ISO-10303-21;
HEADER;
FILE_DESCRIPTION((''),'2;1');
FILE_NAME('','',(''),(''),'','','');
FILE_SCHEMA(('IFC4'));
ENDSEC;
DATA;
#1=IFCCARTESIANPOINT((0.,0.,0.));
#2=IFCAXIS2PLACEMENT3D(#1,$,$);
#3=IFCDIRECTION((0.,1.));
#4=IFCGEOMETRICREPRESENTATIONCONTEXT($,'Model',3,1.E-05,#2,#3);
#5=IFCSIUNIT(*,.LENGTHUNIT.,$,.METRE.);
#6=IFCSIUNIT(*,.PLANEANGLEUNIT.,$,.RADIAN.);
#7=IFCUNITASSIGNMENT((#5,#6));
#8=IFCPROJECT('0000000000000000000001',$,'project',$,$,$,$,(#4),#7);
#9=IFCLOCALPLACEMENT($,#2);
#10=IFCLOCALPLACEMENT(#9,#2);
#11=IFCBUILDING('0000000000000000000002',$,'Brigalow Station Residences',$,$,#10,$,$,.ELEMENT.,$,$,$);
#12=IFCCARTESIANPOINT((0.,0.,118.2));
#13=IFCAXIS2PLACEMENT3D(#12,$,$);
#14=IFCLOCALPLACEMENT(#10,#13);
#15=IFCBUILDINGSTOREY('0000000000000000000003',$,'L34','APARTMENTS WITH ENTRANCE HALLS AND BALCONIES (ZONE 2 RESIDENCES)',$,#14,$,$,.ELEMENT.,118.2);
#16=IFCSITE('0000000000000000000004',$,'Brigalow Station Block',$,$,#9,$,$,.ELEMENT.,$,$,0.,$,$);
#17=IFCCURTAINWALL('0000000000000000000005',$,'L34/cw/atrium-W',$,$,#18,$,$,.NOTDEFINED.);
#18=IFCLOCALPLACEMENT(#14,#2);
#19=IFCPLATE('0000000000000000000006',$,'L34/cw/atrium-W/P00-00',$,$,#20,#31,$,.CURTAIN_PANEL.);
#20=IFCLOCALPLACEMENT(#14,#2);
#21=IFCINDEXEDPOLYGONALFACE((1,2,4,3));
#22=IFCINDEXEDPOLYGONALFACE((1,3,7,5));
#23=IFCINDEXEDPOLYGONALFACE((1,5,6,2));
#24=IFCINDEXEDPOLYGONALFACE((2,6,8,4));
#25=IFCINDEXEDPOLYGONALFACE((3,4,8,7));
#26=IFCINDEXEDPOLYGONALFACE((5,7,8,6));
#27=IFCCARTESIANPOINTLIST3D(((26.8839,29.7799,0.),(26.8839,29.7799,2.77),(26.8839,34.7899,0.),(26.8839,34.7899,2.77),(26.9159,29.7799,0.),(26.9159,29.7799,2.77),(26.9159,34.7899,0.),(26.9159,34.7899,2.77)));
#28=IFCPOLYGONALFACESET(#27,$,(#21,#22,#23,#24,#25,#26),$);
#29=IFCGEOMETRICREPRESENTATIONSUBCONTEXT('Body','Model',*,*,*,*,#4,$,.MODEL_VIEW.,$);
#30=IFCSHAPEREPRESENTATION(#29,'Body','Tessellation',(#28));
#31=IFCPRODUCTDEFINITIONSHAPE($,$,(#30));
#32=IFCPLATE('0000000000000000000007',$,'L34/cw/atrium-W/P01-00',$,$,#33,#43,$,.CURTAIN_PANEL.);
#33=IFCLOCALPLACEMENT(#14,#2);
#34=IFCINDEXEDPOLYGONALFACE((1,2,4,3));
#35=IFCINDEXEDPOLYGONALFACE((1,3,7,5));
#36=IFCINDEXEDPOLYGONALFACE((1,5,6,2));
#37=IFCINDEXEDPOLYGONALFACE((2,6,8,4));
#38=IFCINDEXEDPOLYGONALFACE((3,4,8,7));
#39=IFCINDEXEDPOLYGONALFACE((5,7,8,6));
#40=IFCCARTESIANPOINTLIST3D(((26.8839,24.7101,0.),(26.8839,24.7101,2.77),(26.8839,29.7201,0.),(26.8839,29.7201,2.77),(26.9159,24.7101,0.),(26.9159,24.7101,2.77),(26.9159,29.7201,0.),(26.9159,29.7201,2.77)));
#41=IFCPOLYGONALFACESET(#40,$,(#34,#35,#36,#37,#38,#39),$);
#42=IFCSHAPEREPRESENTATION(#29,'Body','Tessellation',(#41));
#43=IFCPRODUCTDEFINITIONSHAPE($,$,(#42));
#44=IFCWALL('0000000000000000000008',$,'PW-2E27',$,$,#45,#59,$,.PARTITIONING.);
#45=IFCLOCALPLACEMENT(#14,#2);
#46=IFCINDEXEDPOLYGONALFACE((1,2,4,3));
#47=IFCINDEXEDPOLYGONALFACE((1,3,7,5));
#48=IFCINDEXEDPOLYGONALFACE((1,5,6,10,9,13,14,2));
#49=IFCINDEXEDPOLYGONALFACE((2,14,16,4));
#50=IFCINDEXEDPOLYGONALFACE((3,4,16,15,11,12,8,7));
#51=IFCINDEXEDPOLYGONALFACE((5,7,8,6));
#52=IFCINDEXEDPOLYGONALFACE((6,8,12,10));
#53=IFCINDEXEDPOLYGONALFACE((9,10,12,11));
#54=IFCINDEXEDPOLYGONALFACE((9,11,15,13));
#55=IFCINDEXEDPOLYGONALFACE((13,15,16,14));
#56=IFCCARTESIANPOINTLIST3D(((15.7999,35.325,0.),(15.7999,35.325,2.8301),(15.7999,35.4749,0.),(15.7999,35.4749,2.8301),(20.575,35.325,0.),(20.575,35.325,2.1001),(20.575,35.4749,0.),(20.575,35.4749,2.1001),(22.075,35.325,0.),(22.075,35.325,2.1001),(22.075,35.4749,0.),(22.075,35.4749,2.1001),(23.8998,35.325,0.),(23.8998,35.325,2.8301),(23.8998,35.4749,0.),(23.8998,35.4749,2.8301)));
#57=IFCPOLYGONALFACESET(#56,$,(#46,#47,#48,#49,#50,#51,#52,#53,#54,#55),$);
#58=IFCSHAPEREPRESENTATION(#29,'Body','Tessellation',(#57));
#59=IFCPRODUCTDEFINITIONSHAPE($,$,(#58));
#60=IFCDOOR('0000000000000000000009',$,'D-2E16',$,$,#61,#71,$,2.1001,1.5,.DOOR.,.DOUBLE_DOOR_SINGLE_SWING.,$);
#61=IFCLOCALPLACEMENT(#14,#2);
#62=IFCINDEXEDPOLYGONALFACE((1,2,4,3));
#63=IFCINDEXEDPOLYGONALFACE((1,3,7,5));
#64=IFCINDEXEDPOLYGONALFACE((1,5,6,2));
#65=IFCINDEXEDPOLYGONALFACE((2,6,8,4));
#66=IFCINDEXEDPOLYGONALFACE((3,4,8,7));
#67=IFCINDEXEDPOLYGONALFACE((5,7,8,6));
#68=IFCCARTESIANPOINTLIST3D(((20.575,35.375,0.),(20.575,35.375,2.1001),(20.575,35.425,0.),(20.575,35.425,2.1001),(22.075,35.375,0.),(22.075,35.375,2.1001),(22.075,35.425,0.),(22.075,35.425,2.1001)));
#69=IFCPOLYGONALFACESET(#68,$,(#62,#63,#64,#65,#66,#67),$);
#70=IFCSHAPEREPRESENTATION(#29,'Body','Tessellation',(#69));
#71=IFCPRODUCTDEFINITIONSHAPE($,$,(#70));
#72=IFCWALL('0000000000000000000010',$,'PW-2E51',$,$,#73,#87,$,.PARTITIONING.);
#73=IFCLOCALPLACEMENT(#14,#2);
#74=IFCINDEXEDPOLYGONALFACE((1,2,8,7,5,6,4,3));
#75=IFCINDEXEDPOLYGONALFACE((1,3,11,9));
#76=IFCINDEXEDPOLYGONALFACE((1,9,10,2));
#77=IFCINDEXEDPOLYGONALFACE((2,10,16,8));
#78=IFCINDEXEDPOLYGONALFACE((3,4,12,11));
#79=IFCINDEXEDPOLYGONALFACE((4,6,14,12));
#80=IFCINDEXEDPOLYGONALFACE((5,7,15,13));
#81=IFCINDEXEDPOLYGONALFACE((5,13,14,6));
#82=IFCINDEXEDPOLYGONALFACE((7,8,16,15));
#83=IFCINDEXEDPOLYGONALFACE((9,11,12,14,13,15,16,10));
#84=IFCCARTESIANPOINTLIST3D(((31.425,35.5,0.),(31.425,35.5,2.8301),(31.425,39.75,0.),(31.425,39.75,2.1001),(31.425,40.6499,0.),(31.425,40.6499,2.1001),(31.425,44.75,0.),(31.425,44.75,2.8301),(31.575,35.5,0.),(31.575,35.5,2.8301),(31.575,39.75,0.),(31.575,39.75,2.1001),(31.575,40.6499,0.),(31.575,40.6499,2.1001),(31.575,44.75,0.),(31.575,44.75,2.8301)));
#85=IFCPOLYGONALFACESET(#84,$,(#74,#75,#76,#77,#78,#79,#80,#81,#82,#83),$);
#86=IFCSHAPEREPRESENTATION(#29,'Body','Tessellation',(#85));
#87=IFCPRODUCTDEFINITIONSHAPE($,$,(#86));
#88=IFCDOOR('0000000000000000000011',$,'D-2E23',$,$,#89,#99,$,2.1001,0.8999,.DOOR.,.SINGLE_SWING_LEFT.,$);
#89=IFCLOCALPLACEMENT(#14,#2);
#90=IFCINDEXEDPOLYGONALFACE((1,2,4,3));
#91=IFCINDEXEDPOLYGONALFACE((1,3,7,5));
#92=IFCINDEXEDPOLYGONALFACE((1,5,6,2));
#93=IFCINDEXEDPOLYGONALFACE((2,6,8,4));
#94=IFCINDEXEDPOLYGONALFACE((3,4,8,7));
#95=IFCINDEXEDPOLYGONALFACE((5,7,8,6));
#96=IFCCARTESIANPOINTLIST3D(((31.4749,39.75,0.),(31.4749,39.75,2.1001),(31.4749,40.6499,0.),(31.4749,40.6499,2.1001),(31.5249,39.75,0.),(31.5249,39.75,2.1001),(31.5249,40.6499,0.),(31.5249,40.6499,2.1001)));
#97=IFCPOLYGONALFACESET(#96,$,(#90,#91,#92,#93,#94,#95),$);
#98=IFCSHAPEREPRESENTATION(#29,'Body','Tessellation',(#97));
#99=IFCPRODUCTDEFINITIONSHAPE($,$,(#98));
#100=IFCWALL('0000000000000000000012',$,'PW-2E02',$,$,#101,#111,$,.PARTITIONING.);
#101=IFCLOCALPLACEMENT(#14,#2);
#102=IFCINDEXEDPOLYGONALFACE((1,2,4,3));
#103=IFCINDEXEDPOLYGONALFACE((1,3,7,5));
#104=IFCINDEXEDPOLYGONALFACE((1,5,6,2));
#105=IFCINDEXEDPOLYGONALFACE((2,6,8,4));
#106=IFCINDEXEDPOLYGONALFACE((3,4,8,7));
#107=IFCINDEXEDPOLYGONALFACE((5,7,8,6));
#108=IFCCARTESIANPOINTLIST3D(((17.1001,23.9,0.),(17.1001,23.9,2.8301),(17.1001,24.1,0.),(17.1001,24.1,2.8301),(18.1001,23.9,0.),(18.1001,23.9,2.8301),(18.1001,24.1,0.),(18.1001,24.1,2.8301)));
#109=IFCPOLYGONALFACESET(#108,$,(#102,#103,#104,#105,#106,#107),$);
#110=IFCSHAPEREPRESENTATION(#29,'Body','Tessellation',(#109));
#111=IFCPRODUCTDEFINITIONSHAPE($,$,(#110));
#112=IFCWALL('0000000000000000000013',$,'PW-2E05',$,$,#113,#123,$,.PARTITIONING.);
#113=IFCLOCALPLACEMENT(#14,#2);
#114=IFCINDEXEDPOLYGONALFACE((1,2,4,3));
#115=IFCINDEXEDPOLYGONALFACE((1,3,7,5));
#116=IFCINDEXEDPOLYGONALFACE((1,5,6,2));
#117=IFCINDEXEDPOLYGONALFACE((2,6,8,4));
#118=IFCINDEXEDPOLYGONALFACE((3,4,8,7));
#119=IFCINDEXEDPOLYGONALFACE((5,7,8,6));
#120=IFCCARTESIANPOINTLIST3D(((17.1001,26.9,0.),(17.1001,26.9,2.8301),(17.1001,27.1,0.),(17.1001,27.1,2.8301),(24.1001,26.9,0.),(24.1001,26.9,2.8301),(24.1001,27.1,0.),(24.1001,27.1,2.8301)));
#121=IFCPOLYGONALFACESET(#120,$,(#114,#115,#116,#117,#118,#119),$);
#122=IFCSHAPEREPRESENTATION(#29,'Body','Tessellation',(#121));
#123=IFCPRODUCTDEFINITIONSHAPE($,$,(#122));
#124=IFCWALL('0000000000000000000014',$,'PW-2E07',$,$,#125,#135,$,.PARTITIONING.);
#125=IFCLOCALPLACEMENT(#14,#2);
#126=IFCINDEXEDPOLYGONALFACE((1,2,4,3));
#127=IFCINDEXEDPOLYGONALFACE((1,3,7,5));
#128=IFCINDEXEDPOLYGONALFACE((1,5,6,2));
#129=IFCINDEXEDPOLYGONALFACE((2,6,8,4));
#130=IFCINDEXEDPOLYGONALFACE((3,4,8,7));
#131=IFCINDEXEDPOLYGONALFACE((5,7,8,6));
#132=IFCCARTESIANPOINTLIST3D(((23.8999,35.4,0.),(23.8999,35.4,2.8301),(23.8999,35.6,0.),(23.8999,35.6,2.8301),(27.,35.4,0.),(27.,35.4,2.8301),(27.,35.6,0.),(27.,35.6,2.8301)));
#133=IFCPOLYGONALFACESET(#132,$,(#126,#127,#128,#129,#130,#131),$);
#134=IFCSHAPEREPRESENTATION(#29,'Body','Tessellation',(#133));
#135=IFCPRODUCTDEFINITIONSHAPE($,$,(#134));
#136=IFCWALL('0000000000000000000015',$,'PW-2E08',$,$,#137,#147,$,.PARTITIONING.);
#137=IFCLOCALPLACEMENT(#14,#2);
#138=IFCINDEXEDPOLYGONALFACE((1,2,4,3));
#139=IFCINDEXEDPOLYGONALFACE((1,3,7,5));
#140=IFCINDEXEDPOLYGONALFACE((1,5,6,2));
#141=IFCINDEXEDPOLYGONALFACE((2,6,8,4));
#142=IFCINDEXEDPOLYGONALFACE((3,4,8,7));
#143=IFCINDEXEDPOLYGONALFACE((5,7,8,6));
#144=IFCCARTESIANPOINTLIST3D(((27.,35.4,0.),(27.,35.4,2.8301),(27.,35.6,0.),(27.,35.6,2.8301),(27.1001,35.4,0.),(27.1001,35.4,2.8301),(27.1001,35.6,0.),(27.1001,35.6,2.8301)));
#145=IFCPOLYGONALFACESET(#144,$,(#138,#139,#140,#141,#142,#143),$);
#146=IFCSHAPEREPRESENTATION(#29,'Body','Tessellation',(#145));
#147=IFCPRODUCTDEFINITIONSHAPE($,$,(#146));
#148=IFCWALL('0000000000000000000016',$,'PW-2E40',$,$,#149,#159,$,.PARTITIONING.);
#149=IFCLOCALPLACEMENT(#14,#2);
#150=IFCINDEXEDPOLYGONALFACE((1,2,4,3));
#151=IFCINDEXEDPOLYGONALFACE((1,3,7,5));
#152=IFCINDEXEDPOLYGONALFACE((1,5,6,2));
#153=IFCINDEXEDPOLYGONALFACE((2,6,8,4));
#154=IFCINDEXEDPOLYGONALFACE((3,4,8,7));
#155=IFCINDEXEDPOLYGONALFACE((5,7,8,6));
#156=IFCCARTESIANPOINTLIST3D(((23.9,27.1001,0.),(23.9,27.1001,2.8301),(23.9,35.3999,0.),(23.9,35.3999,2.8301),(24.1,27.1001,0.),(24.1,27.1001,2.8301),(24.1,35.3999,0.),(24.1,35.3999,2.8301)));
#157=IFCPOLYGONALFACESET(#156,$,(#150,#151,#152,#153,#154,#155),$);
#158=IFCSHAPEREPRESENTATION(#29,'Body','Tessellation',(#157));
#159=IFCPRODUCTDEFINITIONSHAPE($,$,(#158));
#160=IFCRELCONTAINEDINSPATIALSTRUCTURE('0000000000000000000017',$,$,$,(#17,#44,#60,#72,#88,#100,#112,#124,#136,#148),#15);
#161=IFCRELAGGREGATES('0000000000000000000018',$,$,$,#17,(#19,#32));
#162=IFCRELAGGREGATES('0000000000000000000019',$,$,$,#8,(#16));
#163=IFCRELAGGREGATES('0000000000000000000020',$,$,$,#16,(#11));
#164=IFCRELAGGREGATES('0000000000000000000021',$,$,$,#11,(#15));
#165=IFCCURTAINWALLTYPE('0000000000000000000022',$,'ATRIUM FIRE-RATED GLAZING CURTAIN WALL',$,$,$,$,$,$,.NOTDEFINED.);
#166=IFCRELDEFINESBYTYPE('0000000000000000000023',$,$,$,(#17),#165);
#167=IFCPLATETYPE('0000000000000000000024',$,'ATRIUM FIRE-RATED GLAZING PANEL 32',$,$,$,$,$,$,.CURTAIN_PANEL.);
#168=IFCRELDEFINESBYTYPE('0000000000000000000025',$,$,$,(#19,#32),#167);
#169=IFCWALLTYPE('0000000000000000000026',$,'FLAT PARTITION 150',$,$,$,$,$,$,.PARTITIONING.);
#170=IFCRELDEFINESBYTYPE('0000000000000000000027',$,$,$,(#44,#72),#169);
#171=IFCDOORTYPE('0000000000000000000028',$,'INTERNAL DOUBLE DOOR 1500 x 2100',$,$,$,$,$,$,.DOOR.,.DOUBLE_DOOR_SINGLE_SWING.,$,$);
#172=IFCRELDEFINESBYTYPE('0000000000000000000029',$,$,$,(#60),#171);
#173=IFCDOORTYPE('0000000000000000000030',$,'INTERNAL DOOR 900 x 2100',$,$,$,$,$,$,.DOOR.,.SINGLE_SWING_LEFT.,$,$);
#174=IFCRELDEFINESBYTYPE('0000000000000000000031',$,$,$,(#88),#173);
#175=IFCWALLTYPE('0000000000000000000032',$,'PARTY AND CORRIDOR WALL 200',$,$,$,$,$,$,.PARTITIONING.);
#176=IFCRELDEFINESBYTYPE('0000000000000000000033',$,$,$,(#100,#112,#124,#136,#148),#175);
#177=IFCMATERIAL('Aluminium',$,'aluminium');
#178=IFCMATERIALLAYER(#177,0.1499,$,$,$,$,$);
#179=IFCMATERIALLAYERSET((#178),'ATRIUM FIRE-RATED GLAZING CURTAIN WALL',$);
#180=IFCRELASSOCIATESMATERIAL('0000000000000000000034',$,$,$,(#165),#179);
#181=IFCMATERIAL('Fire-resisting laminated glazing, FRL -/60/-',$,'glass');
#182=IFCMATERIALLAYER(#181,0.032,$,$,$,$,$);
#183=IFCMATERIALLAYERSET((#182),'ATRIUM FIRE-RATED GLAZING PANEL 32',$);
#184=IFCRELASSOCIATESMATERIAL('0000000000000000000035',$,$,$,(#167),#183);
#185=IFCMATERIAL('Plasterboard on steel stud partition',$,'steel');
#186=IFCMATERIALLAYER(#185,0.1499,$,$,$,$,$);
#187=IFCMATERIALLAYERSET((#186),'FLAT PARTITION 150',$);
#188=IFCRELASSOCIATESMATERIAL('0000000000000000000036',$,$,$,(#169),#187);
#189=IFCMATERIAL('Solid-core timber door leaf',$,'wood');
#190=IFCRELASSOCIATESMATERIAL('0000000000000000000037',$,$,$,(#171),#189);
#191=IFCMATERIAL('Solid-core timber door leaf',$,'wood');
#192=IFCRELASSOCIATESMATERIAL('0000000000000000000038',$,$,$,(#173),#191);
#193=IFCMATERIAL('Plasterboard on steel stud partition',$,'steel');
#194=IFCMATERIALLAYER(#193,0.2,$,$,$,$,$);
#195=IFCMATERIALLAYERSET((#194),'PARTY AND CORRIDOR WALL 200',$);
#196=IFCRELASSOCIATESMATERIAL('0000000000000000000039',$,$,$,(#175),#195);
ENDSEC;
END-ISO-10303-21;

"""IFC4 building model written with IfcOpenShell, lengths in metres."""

from ifc_helpers import new_model, si_unit, direction, frame, frame_2d, origin, origin_2d, place, context, subcontext, project, spatial, rectangle, extrude, material, layer, layer_set, type_object, element, fill, aggregate, save


model = new_model("IFC4")

# Units and contexts
model_context = context("Model", 3, precision=1e-05, world=origin(), true_north=direction((0.0, 1.0)))
body_context = subcontext(model_context, "Body", "Model", "MODEL_VIEW")
ifc_project = project(units=[si_unit("LENGTHUNIT", "METRE"), si_unit("PLANEANGLEUNIT", "RADIAN")], contexts=[model_context])

# Site, building, storey
site_placement = place(None, origin())
site = spatial("IfcSite", under=ifc_project, at=site_placement, Name="Brigalow Station Block", CompositionType="ELEMENT", RefElevation=0.0)
building_placement = place(site_placement, origin())
building = spatial("IfcBuilding", under=site, at=building_placement, Name="Brigalow Station Residences", CompositionType="ELEMENT")
storey_placement = place(building_placement, frame((0.0, 0.0, 118.2)))
storey = spatial("IfcBuildingStorey", under=building, at=storey_placement, Name="L34", Description="APARTMENTS WITH ENTRANCE HALLS AND BALCONIES (ZONE 2 RESIDENCES)", CompositionType="ELEMENT", Elevation=118.2)

# Shared definitions
ifc_material_1 = material(Name="Aluminium", Category="aluminium")
ifc_layer_1 = layer(ifc_material_1, 0.1499)
ifc_layer_set_1 = layer_set([ifc_layer_1], Name="ATRIUM FIRE-RATED GLAZING CURTAIN WALL")
curtain_wall_type = type_object("IfcCurtainWallType", Name="ATRIUM FIRE-RATED GLAZING CURTAIN WALL", PredefinedType="NOTDEFINED", material=ifc_layer_set_1)

# Curtain wall
curtain_wall_1_placement = place(storey_placement, origin())
curtain_wall_1 = element("IfcCurtainWall", 1, at=curtain_wall_1_placement, inside=storey, type_object=curtain_wall_type, Name="L34/cw/atrium-W", PredefinedType="NOTDEFINED")

# Plates
ifc_material_2 = material(Name="Fire-resisting laminated glazing, FRL -/60/-", Category="glass")
ifc_layer_2 = layer(ifc_material_2, 0.032)
ifc_layer_set_2 = layer_set([ifc_layer_2], Name="ATRIUM FIRE-RATED GLAZING PANEL 32")
plate_type = type_object("IfcPlateType", Name="ATRIUM FIRE-RATED GLAZING PANEL 32", PredefinedType="CURTAIN_PANEL", material=ifc_layer_set_2)
plate_1_placement = place(storey_placement, frame((26.8999, 32.2849, 0.0), z_axis=(0.0, 0.0, 1.0), x_axis=(0.0, -1.0, 0.0)))
plate_1 = element("IfcPlate", 2, at=plate_1_placement, type_object=plate_type, Name="L34/cw/atrium-W/P00-00", PredefinedType="CURTAIN_PANEL", context=body_context, shape_type="SweptSolid", body=[
    extrude(rectangle(XDim=5.01, YDim=0.032, at=origin_2d()), origin(), (0.0, 0.0, 1.0), 2.77),
])
plate_2_placement = place(storey_placement, frame((26.8999, 27.2151, 0.0), z_axis=(0.0, 0.0, 1.0), x_axis=(0.0, -1.0, 0.0)))
plate_2 = element("IfcPlate", 3, at=plate_2_placement, type_object=plate_type, Name="L34/cw/atrium-W/P01-00", PredefinedType="CURTAIN_PANEL", context=body_context, shape_type="SweptSolid", body=[
    extrude(rectangle(XDim=5.01, YDim=0.032, at=origin_2d()), origin(), (0.0, 0.0, 1.0), 2.77),
])
aggregate(curtain_wall_1, [plate_1, plate_2])

# Walls, openings, doors
ifc_material_3 = material(Name="Plasterboard on steel stud partition", Category="steel")
ifc_layer_3 = layer(ifc_material_3, 0.1499)
ifc_layer_set_3 = layer_set([ifc_layer_3], Name="FLAT PARTITION 150")
wall_type_1 = type_object("IfcWallType", Name="FLAT PARTITION 150", PredefinedType="PARTITIONING", material=ifc_layer_set_3)
wall_1_placement = place(storey_placement, frame((15.8, 35.3999, 0.0), z_axis=(0.0, 0.0, 1.0), x_axis=(1.0, 0.0, 0.0)))
wall_1 = element("IfcWall", 4, at=wall_1_placement, inside=storey, type_object=wall_type_1, Name="PW-2E27", PredefinedType="PARTITIONING", context=body_context, shape_type="SweptSolid", body=[
    extrude(rectangle(XDim=8.0999, YDim=0.1499, at=frame_2d((4.0498, 0.0))), origin(), (0.0, 0.0, 1.0), 2.8301),
])
opening_1_placement = place(wall_1_placement, frame((4.7749, 0.0, 0.0)))
opening_1 = element("IfcOpeningElement", 5, at=opening_1_placement, cuts=wall_1, PredefinedType="OPENING", context=body_context, shape_type="SweptSolid", body=[
    extrude(rectangle(XDim=1.5, YDim=2.1001, at=frame_2d((0.75, 1.05))), frame((0.0, 0.085, 0.0), z_axis=(0.0, -1.0, 0.0), x_axis=(1.0, 0.0, 0.0)), (0.0, 0.0, 1.0), 0.1699),
])
ifc_material_4 = material(Name="Solid-core timber door leaf", Category="wood")
door_type_1 = type_object("IfcDoorType", Name="INTERNAL DOUBLE DOOR 1500 x 2100", OperationType="DOUBLE_DOOR_SINGLE_SWING", PredefinedType="DOOR", material=ifc_material_4)
door_1_placement = place(opening_1_placement, frame((1.5, 0.0, 0.0), z_axis=(0.0, 0.0, 1.0), x_axis=(-1.0, 0.0, 0.0)))
door_1 = element("IfcDoor", 6, at=door_1_placement, inside=storey, type_object=door_type_1, Name="D-2E16", OperationType="DOUBLE_DOOR_SINGLE_SWING", OverallHeight=2.1001, OverallWidth=1.5, PredefinedType="DOOR", context=body_context, shape_type="SweptSolid", body=[
    extrude(rectangle(XDim=1.5, YDim=2.1001, at=frame_2d((0.75, 1.05))), frame((0.0, 0.0249, 0.0), z_axis=(0.0, -1.0, 0.0), x_axis=(1.0, 0.0, 0.0)), (0.0, 0.0, 1.0), 0.05),
])
fill(opening_1, door_1)
wall_2_placement = place(storey_placement, frame((31.5, 35.5, 0.0), z_axis=(0.0, 0.0, 1.0), x_axis=(0.0, 1.0, 0.0)))
wall_2 = element("IfcWall", 7, at=wall_2_placement, inside=storey, type_object=wall_type_1, Name="PW-2E51", PredefinedType="PARTITIONING", context=body_context, shape_type="SweptSolid", body=[
    extrude(rectangle(XDim=9.25, YDim=0.1499, at=frame_2d((4.625, 0.0))), origin(), (0.0, 0.0, 1.0), 2.8301),
])
opening_2_placement = place(wall_2_placement, frame((4.25, 0.0, 0.0)))
opening_2 = element("IfcOpeningElement", 8, at=opening_2_placement, cuts=wall_2, PredefinedType="OPENING", context=body_context, shape_type="SweptSolid", body=[
    extrude(rectangle(XDim=0.8999, YDim=2.1001, at=frame_2d((0.45, 1.05))), frame((0.0, 0.085, 0.0), z_axis=(0.0, -1.0, 0.0), x_axis=(1.0, 0.0, 0.0)), (0.0, 0.0, 1.0), 0.1699),
])
ifc_material_5 = material(Name="Solid-core timber door leaf", Category="wood")
door_type_2 = type_object("IfcDoorType", Name="INTERNAL DOOR 900 x 2100", OperationType="SINGLE_SWING_LEFT", PredefinedType="DOOR", material=ifc_material_5)
door_2_placement = place(opening_2_placement, frame((0.8999, 0.0, 0.0), z_axis=(0.0, 0.0, 1.0), x_axis=(-1.0, 0.0, 0.0)))
door_2 = element("IfcDoor", 9, at=door_2_placement, inside=storey, type_object=door_type_2, Name="D-2E23", OperationType="SINGLE_SWING_LEFT", OverallHeight=2.1001, OverallWidth=0.8999, PredefinedType="DOOR", context=body_context, shape_type="SweptSolid", body=[
    extrude(rectangle(XDim=0.8999, YDim=2.1001, at=frame_2d((0.45, 1.05))), frame((0.0, 0.0249, 0.0), z_axis=(0.0, -1.0, 0.0), x_axis=(1.0, 0.0, 0.0)), (0.0, 0.0, 1.0), 0.05),
])
fill(opening_2, door_2)

# Walls
ifc_material_6 = material(Name="Plasterboard on steel stud partition", Category="steel")
ifc_layer_4 = layer(ifc_material_6, 0.2)
ifc_layer_set_4 = layer_set([ifc_layer_4], Name="PARTY AND CORRIDOR WALL 200")
wall_type_2 = type_object("IfcWallType", Name="PARTY AND CORRIDOR WALL 200", PredefinedType="PARTITIONING", material=ifc_layer_set_4)
wall_3_placement = place(storey_placement, frame((17.1001, 24.0, 0.0), z_axis=(0.0, 0.0, 1.0), x_axis=(1.0, 0.0, 0.0)))
element("IfcWall", 10, at=wall_3_placement, inside=storey, type_object=wall_type_2, Name="PW-2E02", PredefinedType="PARTITIONING", context=body_context, shape_type="SweptSolid", body=[
    extrude(rectangle(XDim=1.0, YDim=0.2, at=frame_2d((0.5, 0.0))), origin(), (0.0, 0.0, 1.0), 2.8301),
])
wall_4_placement = place(storey_placement, frame((17.1001, 27.0, 0.0), z_axis=(0.0, 0.0, 1.0), x_axis=(1.0, 0.0, 0.0)))
element("IfcWall", 11, at=wall_4_placement, inside=storey, type_object=wall_type_2, Name="PW-2E05", PredefinedType="PARTITIONING", context=body_context, shape_type="SweptSolid", body=[
    extrude(rectangle(XDim=7.0, YDim=0.2, at=frame_2d((3.5, 0.0))), origin(), (0.0, 0.0, 1.0), 2.8301),
])
wall_5_placement = place(storey_placement, frame((23.8999, 35.5, 0.0), z_axis=(0.0, 0.0, 1.0), x_axis=(1.0, 0.0, 0.0)))
element("IfcWall", 12, at=wall_5_placement, inside=storey, type_object=wall_type_2, Name="PW-2E07", PredefinedType="PARTITIONING", context=body_context, shape_type="SweptSolid", body=[
    extrude(rectangle(XDim=3.1001, YDim=0.2, at=frame_2d((1.55, 0.0))), origin(), (0.0, 0.0, 1.0), 2.8301),
])
wall_6_placement = place(storey_placement, frame((27.0, 35.5, 0.0), z_axis=(0.0, 0.0, 1.0), x_axis=(1.0, 0.0, 0.0)))
element("IfcWall", 13, at=wall_6_placement, inside=storey, type_object=wall_type_2, Name="PW-2E08", PredefinedType="PARTITIONING", context=body_context, shape_type="SweptSolid", body=[
    extrude(rectangle(XDim=0.1001, YDim=0.2, at=frame_2d((0.05, 0.0))), origin(), (0.0, 0.0, 1.0), 2.8301),
])
wall_7_placement = place(storey_placement, frame((24.0, 27.1001, 0.0), z_axis=(0.0, 0.0, 1.0), x_axis=(0.0, 1.0, 0.0)))
element("IfcWall", 14, at=wall_7_placement, inside=storey, type_object=wall_type_2, Name="PW-2E40", PredefinedType="PARTITIONING", context=body_context, shape_type="SweptSolid", body=[
    extrude(rectangle(XDim=8.2998, YDim=0.2, at=frame_2d((4.1499, 0.0))), origin(), (0.0, 0.0, 1.0), 2.8301),
])

save(model, "model.ifc")
